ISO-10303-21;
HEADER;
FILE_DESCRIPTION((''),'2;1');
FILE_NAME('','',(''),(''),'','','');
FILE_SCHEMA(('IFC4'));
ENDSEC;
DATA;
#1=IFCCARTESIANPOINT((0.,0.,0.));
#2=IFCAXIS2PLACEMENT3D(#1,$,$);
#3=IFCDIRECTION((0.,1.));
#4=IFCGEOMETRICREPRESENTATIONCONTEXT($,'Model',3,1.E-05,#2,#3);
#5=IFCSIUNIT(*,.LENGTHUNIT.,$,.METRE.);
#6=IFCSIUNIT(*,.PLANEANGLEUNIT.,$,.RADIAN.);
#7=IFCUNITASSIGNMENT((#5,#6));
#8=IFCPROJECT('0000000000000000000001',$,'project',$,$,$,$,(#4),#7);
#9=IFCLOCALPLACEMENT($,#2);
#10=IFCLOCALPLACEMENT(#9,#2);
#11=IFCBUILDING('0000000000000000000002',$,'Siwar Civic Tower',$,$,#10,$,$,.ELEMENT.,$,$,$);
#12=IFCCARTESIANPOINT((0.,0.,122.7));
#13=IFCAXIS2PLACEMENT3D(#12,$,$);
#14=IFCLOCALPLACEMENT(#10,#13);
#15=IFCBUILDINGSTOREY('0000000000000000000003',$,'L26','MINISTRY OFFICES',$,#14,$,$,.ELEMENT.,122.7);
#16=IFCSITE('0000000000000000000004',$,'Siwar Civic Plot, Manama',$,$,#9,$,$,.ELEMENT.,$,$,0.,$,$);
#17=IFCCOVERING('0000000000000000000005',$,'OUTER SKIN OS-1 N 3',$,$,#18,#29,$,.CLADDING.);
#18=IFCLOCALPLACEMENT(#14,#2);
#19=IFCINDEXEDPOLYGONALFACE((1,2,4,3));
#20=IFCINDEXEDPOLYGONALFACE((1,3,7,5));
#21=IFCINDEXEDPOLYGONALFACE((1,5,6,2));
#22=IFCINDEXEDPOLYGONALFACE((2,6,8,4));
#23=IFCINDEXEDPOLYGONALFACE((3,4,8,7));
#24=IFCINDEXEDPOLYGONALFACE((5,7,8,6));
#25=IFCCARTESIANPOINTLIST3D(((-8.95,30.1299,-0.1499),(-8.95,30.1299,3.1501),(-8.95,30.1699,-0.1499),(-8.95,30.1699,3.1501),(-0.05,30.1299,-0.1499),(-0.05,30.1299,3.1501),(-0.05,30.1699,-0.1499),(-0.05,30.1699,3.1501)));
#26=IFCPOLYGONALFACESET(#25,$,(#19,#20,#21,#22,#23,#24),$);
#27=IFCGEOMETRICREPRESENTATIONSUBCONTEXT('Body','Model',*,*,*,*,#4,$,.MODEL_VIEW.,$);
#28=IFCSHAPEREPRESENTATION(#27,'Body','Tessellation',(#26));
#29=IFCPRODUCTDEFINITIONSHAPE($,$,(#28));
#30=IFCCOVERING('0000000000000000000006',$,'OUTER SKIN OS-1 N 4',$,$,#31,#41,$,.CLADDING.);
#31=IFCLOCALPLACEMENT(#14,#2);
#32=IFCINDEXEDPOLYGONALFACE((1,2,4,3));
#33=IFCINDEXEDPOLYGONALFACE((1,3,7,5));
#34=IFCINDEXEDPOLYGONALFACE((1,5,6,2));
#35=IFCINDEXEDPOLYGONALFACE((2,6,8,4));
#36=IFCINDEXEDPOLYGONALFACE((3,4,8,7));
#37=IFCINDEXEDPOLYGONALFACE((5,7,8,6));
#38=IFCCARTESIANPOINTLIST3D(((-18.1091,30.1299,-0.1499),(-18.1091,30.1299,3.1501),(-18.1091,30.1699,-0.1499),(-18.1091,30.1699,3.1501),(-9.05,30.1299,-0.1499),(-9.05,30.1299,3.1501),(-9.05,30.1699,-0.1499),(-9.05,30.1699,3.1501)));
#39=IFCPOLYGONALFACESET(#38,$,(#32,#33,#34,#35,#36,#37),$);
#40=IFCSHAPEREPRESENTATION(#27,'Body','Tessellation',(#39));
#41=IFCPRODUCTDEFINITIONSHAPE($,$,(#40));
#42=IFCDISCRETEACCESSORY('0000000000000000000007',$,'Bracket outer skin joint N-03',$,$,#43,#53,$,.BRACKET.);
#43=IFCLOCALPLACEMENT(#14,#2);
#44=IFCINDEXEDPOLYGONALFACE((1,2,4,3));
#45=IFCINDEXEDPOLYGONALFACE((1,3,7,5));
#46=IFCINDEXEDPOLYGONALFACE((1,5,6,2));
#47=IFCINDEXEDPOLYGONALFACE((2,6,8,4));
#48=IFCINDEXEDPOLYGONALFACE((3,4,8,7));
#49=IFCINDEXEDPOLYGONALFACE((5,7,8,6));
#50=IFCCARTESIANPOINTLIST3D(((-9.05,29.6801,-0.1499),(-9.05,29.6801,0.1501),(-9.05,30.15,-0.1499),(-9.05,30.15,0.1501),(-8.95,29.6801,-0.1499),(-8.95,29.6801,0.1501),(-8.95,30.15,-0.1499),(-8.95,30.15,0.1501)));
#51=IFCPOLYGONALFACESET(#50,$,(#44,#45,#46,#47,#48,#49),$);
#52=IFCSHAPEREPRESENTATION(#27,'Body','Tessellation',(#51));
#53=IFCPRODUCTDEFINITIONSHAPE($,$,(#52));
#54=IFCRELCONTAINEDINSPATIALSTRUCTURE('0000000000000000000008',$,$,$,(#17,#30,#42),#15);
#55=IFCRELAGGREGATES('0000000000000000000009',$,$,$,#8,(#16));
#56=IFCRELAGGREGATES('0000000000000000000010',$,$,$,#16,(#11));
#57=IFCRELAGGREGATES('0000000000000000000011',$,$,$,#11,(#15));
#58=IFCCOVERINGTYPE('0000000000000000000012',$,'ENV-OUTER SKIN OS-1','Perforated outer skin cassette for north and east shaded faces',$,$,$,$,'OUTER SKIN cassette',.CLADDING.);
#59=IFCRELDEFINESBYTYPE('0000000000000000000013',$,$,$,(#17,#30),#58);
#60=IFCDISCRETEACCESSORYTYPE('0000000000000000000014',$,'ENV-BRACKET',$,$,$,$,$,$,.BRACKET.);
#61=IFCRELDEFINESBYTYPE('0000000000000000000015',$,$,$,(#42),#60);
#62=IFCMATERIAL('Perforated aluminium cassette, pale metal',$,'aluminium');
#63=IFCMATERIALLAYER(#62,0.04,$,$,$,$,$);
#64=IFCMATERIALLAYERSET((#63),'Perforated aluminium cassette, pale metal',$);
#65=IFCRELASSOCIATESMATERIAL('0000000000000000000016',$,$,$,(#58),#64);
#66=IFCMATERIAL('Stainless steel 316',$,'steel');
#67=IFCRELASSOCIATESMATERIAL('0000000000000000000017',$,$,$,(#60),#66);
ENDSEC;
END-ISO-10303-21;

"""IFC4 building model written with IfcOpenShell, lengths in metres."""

from ifc_helpers import new_model, si_unit, direction, frame, origin, origin_2d, place, context, subcontext, project, spatial, rectangle, extrude, material, layer, layer_set, type_object, element, save


model = new_model("IFC4")

# Units and contexts
model_context = context("Model", 3, precision=1e-05, world=origin(), true_north=direction((0.0, 1.0)))
body_context = subcontext(model_context, "Body", "Model", "MODEL_VIEW")
ifc_project = project(units=[si_unit("LENGTHUNIT", "METRE"), si_unit("PLANEANGLEUNIT", "RADIAN")], contexts=[model_context])

# Site, building, storey
site_placement = place(None, origin())
site = spatial("IfcSite", under=ifc_project, at=site_placement, Name="Siwar Civic Plot, Manama", CompositionType="ELEMENT", RefElevation=0.0)
building_placement = place(site_placement, origin())
building = spatial("IfcBuilding", under=site, at=building_placement, Name="Siwar Civic Tower", CompositionType="ELEMENT")
storey_placement = place(building_placement, frame((0.0, 0.0, 122.7)))
storey = spatial("IfcBuildingStorey", under=building, at=storey_placement, Name="L26", Description="MINISTRY OFFICES", CompositionType="ELEMENT", Elevation=122.7)

# Coverings
ifc_material_1 = material(Name="Perforated aluminium cassette, pale metal", Category="aluminium")
ifc_layer_1 = layer(ifc_material_1, 0.04)
ifc_layer_set_1 = layer_set([ifc_layer_1], Name="Perforated aluminium cassette, pale metal")
covering_type = type_object("IfcCoveringType", Name="ENV-OUTER SKIN OS-1", Description="Perforated outer skin cassette for north and east shaded faces", ElementType="OUTER SKIN cassette", PredefinedType="CLADDING", material=ifc_layer_set_1)
covering_1_placement = place(storey_placement, frame((-4.5, 30.1499, -0.1499), z_axis=(0.0, 0.0, 1.0), x_axis=(-1.0, 0.0, 0.0)))
element("IfcCovering", 1, at=covering_1_placement, inside=storey, type_object=covering_type, Name="OUTER SKIN OS-1 N 3", PredefinedType="CLADDING", context=body_context, shape_type="SweptSolid", body=[
    extrude(rectangle(XDim=8.8999, YDim=0.04, at=origin_2d()), origin(), (0.0, 0.0, 1.0), 3.3),
])
covering_2_placement = place(storey_placement, frame((-13.5796, 30.1499, -0.1499), z_axis=(0.0, 0.0, 1.0), x_axis=(-1.0, 0.0, 0.0)))
element("IfcCovering", 2, at=covering_2_placement, inside=storey, type_object=covering_type, Name="OUTER SKIN OS-1 N 4", PredefinedType="CLADDING", context=body_context, shape_type="SweptSolid", body=[
    extrude(rectangle(XDim=9.0591, YDim=0.04, at=origin_2d()), origin(), (0.0, 0.0, 1.0), 3.3),
])

# Discrete accessory
ifc_material_2 = material(Name="Stainless steel 316", Category="steel")
discrete_accessory_type = type_object("IfcDiscreteAccessoryType", Name="ENV-BRACKET", PredefinedType="BRACKET", material=ifc_material_2)
discrete_accessory_placement = place(storey_placement, frame((-9.0, 29.915, -0.1499), z_axis=(0.0, 0.0, 1.0), x_axis=(0.0, 1.0, 0.0)))
element("IfcDiscreteAccessory", 3, at=discrete_accessory_placement, inside=storey, type_object=discrete_accessory_type, Name="Bracket outer skin joint N-03", PredefinedType="BRACKET", context=body_context, shape_type="SweptSolid", body=[
    extrude(rectangle(XDim=0.47, YDim=0.1001, at=origin_2d()), origin(), (0.0, 0.0, 1.0), 0.3),
])

save(model, "model.ifc")
